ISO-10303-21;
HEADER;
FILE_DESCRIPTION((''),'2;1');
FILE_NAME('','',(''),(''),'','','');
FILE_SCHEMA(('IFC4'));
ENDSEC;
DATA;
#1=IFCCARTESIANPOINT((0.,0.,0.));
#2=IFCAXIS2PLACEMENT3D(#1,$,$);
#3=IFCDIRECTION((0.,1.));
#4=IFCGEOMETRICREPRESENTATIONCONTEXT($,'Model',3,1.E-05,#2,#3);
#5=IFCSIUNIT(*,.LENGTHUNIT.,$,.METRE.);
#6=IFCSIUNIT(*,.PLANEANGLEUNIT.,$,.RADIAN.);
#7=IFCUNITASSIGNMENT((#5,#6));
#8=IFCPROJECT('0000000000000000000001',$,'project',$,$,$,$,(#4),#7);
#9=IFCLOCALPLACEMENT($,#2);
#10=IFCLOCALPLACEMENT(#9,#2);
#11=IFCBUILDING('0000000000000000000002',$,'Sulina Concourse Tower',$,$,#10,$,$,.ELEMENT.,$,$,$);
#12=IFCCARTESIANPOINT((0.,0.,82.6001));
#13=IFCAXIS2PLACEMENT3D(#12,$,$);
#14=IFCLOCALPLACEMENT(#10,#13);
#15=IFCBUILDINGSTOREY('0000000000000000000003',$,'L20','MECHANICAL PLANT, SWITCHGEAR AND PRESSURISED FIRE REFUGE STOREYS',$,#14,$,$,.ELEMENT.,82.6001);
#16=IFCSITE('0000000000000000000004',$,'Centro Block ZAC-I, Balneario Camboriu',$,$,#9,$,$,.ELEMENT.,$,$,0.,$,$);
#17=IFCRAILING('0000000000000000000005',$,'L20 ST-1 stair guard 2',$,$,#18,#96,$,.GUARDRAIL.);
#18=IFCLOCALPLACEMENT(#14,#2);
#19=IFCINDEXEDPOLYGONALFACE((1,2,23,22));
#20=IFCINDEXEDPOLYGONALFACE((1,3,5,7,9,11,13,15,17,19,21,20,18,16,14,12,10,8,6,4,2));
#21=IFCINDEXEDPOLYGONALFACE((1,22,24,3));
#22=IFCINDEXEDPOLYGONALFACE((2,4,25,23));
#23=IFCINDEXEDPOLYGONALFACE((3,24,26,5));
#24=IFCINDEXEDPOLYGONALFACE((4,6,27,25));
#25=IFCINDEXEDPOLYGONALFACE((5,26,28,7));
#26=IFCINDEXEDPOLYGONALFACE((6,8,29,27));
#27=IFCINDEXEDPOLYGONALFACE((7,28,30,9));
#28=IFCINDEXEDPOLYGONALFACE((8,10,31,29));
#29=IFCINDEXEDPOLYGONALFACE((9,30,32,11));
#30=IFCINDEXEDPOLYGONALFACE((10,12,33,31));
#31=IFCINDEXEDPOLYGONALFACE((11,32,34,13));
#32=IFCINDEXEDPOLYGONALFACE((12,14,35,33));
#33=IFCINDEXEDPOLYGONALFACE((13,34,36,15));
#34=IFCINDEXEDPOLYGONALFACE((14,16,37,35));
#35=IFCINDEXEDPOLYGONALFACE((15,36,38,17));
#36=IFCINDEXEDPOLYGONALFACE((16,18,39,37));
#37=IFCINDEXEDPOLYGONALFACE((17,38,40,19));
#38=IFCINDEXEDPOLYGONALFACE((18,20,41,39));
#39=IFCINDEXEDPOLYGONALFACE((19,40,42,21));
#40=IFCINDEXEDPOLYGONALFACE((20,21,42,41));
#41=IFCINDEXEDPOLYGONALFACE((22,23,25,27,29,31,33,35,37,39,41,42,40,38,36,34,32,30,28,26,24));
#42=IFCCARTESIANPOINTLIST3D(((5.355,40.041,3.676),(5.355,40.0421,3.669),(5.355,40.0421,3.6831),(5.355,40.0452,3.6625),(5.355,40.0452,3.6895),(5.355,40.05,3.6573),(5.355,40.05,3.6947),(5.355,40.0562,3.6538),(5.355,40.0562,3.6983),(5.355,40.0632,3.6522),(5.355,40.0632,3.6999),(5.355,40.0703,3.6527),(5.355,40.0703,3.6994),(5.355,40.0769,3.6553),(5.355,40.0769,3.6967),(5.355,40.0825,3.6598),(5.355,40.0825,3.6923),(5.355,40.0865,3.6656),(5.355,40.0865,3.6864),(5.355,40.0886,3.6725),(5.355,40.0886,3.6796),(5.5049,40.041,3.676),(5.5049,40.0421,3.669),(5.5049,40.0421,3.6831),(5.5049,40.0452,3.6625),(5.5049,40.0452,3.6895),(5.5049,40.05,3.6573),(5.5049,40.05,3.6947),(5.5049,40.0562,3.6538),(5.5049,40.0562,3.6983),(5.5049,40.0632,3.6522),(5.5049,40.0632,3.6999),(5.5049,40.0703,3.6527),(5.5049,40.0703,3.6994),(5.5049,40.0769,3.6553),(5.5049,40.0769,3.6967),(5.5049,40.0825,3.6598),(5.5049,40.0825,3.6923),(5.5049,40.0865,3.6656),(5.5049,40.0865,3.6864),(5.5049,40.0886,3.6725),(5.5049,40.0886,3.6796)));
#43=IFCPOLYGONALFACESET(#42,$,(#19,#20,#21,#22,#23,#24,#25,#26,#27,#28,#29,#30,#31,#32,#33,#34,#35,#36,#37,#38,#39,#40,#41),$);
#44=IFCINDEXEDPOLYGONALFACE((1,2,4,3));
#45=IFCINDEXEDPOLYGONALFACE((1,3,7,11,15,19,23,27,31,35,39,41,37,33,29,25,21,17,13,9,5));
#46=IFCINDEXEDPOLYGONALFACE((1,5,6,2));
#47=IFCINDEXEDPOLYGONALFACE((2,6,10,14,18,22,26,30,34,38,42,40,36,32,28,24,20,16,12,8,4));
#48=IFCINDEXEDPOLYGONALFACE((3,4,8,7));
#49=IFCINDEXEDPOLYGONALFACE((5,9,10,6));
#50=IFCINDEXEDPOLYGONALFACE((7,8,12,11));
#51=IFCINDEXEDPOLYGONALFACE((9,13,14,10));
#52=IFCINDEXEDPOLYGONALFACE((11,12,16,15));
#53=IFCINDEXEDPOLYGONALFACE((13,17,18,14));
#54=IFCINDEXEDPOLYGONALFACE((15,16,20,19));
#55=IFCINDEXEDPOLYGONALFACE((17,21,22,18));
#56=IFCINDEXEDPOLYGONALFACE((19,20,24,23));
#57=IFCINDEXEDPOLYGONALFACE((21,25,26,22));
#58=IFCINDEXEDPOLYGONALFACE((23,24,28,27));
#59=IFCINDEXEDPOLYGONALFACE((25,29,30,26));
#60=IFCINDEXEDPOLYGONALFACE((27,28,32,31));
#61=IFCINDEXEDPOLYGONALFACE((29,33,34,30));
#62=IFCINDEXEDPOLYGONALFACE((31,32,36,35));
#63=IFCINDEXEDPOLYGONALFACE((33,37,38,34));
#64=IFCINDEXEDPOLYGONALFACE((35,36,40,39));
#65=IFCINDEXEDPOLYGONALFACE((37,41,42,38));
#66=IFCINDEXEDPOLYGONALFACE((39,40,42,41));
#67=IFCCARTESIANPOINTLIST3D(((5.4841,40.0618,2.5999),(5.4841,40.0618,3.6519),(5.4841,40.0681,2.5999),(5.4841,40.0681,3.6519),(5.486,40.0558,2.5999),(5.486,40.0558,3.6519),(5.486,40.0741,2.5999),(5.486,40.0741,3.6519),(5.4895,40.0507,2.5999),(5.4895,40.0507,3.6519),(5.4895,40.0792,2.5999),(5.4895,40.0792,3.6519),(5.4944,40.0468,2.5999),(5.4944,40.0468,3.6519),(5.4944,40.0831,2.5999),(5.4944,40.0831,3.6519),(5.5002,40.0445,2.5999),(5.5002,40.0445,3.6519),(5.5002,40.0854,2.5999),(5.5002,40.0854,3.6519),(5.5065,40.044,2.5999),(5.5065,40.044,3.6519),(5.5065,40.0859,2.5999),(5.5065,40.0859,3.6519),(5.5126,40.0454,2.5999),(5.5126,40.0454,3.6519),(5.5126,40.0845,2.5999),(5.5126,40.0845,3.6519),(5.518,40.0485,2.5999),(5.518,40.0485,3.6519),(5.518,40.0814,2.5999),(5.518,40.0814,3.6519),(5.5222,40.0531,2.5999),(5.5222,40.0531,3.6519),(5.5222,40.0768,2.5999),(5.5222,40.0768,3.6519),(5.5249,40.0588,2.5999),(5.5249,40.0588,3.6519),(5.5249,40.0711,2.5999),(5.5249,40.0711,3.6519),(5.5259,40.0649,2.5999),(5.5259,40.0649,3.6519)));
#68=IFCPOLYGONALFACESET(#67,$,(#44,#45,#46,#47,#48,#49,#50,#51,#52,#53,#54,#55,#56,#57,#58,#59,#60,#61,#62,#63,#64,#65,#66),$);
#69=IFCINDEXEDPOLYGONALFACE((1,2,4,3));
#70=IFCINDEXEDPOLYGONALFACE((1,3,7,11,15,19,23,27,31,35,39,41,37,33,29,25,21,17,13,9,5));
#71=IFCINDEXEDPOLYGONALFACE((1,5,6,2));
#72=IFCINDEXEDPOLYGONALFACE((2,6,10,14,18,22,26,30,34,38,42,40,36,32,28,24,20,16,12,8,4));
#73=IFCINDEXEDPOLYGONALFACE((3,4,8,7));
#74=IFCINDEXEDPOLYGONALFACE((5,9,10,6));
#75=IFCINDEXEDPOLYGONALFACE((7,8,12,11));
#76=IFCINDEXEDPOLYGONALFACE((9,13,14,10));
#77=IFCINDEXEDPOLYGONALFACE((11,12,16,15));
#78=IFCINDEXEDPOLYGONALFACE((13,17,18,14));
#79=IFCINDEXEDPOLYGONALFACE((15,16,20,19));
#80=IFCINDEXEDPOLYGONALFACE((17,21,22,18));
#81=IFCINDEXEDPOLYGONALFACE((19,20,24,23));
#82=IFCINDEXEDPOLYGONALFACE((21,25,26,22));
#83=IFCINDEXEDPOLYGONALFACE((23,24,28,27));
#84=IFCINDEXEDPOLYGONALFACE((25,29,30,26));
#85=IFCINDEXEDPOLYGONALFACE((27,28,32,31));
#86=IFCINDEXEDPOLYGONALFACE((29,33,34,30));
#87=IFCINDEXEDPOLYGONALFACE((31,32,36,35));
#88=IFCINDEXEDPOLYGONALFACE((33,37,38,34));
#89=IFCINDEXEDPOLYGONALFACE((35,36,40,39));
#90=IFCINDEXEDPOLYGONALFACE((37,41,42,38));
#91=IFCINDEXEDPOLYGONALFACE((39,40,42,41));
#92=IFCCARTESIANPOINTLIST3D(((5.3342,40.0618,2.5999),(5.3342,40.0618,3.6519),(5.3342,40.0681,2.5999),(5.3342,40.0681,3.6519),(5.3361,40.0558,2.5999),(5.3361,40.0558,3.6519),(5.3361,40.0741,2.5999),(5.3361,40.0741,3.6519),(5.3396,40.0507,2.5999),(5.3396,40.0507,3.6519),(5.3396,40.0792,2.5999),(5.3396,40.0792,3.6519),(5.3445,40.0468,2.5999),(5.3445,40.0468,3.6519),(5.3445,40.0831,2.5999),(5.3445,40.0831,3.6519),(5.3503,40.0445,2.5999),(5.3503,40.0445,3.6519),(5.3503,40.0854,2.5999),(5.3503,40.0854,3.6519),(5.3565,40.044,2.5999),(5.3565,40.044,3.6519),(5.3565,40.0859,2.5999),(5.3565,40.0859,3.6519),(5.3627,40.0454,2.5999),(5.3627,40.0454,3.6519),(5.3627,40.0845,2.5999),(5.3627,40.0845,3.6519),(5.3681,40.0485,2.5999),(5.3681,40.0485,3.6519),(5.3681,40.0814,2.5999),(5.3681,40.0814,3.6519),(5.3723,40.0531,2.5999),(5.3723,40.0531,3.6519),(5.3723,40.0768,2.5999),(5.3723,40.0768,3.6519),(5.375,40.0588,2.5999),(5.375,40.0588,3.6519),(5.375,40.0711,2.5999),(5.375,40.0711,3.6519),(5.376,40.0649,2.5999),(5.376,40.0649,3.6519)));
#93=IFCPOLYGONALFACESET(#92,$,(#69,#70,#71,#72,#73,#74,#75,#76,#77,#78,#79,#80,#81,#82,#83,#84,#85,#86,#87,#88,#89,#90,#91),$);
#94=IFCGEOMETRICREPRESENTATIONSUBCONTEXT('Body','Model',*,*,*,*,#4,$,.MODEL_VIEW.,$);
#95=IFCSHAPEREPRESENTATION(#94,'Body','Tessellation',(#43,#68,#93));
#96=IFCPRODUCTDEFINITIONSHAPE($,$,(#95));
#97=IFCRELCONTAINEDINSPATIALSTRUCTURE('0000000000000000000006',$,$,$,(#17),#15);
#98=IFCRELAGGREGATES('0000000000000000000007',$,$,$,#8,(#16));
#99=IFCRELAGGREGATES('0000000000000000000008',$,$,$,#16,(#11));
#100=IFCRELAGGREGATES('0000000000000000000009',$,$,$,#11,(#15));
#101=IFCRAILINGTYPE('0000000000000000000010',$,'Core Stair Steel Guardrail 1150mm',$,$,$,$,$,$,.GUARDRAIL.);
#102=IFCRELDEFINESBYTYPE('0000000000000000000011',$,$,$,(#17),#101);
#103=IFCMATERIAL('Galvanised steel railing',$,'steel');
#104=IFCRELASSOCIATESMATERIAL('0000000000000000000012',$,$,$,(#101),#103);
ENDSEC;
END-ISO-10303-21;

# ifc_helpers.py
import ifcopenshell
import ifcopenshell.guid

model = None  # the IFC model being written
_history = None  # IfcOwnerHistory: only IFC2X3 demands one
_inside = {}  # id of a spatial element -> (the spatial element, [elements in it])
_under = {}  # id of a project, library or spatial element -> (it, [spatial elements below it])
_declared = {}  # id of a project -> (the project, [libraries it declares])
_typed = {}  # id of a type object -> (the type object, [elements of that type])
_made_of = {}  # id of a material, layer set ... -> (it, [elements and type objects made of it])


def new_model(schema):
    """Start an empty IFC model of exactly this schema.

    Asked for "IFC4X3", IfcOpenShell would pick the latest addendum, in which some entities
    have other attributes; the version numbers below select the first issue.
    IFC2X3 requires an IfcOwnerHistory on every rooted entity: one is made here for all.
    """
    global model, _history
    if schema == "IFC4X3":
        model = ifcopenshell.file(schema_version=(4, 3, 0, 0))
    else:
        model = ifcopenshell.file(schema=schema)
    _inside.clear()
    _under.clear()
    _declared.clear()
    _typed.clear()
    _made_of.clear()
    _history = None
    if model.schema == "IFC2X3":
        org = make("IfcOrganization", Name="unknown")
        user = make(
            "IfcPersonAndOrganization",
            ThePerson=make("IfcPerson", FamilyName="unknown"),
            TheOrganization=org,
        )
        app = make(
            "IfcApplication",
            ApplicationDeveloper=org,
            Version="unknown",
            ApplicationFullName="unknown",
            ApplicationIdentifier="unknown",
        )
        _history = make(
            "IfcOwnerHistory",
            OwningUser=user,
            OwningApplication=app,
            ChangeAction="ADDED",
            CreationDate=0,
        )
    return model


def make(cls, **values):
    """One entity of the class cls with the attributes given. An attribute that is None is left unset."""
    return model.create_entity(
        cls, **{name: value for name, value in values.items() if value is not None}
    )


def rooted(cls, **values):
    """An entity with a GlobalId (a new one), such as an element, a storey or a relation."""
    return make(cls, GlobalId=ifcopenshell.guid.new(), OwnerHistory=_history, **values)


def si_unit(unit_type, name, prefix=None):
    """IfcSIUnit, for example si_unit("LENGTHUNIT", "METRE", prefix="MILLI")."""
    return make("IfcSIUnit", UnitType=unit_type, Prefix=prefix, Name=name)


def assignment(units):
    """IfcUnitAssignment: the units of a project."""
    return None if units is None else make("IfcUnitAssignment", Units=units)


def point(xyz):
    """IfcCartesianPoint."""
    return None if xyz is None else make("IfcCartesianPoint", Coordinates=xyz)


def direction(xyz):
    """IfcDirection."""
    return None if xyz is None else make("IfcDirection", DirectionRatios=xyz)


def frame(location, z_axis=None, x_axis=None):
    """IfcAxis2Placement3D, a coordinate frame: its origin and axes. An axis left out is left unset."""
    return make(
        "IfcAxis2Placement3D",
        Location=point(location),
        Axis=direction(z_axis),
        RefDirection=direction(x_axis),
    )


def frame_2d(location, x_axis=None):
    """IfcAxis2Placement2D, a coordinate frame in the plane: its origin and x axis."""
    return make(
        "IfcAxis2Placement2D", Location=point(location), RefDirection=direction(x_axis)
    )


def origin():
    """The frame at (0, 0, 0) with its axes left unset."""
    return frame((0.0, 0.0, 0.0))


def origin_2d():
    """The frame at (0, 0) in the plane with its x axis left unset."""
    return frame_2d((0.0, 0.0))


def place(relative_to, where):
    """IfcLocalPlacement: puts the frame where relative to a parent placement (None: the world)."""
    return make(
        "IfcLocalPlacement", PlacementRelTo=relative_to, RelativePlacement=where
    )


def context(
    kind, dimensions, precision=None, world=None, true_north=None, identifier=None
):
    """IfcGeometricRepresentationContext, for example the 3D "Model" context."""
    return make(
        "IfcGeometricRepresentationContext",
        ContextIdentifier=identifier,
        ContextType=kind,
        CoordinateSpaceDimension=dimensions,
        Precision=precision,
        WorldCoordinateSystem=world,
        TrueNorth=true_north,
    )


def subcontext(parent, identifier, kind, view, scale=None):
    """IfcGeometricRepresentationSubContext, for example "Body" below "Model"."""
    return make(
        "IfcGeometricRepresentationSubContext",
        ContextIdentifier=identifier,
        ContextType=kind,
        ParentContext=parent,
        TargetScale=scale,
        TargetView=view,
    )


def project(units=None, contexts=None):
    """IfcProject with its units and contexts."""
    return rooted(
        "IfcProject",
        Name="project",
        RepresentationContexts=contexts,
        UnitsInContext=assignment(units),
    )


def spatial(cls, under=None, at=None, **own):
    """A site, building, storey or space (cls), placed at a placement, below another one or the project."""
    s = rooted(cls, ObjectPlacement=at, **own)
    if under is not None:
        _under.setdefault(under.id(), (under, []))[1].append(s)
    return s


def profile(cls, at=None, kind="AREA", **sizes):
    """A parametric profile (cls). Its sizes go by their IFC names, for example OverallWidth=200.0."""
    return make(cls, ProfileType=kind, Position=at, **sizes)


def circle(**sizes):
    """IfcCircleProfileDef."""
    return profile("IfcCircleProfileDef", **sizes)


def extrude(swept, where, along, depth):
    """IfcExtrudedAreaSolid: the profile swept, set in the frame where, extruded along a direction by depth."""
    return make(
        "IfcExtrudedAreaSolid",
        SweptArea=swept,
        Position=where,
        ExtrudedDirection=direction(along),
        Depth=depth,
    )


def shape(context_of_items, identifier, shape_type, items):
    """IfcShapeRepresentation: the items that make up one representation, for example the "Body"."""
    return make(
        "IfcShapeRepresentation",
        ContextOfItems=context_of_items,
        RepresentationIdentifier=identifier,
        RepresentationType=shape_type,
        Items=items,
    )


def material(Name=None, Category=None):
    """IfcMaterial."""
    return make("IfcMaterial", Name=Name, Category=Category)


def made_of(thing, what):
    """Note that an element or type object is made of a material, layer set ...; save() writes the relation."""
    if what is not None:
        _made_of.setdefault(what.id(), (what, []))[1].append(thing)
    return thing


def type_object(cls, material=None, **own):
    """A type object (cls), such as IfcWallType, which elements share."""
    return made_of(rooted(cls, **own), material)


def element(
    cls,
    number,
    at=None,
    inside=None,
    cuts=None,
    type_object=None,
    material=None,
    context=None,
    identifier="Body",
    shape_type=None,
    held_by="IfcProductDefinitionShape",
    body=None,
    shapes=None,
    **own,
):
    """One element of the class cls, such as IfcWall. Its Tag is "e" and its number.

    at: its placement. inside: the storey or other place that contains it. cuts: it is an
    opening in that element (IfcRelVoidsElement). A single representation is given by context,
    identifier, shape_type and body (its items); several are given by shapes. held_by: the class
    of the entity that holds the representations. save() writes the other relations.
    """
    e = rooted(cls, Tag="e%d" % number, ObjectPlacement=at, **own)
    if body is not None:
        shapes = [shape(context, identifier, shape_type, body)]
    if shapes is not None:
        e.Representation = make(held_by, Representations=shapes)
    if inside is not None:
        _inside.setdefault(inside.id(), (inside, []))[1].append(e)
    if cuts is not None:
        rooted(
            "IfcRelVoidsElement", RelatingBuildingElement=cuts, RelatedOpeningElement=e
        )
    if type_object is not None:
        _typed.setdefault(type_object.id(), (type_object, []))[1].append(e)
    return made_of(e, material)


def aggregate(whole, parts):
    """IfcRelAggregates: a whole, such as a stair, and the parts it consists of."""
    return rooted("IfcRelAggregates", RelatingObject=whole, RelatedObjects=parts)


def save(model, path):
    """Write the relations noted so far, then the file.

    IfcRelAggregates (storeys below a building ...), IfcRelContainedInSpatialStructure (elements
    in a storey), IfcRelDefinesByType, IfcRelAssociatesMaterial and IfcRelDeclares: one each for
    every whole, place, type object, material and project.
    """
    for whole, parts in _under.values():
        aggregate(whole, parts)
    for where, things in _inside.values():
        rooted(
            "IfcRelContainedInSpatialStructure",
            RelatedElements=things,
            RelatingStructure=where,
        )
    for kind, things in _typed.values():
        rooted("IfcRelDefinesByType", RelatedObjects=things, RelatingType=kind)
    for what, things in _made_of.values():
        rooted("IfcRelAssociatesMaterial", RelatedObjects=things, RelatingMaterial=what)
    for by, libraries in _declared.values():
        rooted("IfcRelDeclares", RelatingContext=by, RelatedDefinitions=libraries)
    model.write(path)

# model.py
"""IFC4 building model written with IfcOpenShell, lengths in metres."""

from ifc_helpers import new_model, si_unit, direction, frame, origin, origin_2d, place, context, subcontext, project, spatial, circle, extrude, material, type_object, element, save


model = new_model("IFC4")

# Units and contexts
model_context = context("Model", 3, precision=1e-05, world=origin(), true_north=direction((0.0, 1.0)))
body_context = subcontext(model_context, "Body", "Model", "MODEL_VIEW")
ifc_project = project(units=[si_unit("LENGTHUNIT", "METRE"), si_unit("PLANEANGLEUNIT", "RADIAN")], contexts=[model_context])

# Site, building, storey
site_placement = place(None, origin())
site = spatial("IfcSite", under=ifc_project, at=site_placement, Name="Centro Block ZAC-I, Balneario Camboriu", CompositionType="ELEMENT", RefElevation=0.0)
building_placement = place(site_placement, origin())
building = spatial("IfcBuilding", under=site, at=building_placement, Name="Sulina Concourse Tower", CompositionType="ELEMENT")
storey_placement = place(building_placement, frame((0.0, 0.0, 82.6001)))
storey = spatial("IfcBuildingStorey", under=building, at=storey_placement, Name="L20", Description="MECHANICAL PLANT, SWITCHGEAR AND PRESSURISED FIRE REFUGE STOREYS", CompositionType="ELEMENT", Elevation=82.6001)

# Railing
ifc_material_1 = material(Name="Galvanised steel railing", Category="steel")
railing_type_1 = type_object("IfcRailingType", Name="Core Stair Steel Guardrail 1150mm", PredefinedType="GUARDRAIL", material=ifc_material_1)
railing_1_placement = place(storey_placement, frame((5.5049, 40.0649, 2.5999)))
element("IfcRailing", 1, at=railing_1_placement, inside=storey, type_object=railing_type_1, Name="L20 ST-1 stair guard 2", PredefinedType="GUARDRAIL", context=body_context, shape_type="SweptSolid", body=[
    extrude(circle(Radius=0.0239, at=origin_2d()), frame((0.0, 0.0, 1.0762), z_axis=(-1.0, 0.0, 0.0), x_axis=(0.0, -1.0, 0.0)), (0.0, 0.0, 1.0), 0.1499),
    extrude(circle(Radius=0.021, at=origin_2d()), origin(), (0.0, 0.0, 1.0), 1.052),
    extrude(circle(Radius=0.021, at=origin_2d()), frame((-0.1499, 0.0, 0.0)), (0.0, 0.0, 1.0), 1.052),
])

save(model, "model.ifc")
